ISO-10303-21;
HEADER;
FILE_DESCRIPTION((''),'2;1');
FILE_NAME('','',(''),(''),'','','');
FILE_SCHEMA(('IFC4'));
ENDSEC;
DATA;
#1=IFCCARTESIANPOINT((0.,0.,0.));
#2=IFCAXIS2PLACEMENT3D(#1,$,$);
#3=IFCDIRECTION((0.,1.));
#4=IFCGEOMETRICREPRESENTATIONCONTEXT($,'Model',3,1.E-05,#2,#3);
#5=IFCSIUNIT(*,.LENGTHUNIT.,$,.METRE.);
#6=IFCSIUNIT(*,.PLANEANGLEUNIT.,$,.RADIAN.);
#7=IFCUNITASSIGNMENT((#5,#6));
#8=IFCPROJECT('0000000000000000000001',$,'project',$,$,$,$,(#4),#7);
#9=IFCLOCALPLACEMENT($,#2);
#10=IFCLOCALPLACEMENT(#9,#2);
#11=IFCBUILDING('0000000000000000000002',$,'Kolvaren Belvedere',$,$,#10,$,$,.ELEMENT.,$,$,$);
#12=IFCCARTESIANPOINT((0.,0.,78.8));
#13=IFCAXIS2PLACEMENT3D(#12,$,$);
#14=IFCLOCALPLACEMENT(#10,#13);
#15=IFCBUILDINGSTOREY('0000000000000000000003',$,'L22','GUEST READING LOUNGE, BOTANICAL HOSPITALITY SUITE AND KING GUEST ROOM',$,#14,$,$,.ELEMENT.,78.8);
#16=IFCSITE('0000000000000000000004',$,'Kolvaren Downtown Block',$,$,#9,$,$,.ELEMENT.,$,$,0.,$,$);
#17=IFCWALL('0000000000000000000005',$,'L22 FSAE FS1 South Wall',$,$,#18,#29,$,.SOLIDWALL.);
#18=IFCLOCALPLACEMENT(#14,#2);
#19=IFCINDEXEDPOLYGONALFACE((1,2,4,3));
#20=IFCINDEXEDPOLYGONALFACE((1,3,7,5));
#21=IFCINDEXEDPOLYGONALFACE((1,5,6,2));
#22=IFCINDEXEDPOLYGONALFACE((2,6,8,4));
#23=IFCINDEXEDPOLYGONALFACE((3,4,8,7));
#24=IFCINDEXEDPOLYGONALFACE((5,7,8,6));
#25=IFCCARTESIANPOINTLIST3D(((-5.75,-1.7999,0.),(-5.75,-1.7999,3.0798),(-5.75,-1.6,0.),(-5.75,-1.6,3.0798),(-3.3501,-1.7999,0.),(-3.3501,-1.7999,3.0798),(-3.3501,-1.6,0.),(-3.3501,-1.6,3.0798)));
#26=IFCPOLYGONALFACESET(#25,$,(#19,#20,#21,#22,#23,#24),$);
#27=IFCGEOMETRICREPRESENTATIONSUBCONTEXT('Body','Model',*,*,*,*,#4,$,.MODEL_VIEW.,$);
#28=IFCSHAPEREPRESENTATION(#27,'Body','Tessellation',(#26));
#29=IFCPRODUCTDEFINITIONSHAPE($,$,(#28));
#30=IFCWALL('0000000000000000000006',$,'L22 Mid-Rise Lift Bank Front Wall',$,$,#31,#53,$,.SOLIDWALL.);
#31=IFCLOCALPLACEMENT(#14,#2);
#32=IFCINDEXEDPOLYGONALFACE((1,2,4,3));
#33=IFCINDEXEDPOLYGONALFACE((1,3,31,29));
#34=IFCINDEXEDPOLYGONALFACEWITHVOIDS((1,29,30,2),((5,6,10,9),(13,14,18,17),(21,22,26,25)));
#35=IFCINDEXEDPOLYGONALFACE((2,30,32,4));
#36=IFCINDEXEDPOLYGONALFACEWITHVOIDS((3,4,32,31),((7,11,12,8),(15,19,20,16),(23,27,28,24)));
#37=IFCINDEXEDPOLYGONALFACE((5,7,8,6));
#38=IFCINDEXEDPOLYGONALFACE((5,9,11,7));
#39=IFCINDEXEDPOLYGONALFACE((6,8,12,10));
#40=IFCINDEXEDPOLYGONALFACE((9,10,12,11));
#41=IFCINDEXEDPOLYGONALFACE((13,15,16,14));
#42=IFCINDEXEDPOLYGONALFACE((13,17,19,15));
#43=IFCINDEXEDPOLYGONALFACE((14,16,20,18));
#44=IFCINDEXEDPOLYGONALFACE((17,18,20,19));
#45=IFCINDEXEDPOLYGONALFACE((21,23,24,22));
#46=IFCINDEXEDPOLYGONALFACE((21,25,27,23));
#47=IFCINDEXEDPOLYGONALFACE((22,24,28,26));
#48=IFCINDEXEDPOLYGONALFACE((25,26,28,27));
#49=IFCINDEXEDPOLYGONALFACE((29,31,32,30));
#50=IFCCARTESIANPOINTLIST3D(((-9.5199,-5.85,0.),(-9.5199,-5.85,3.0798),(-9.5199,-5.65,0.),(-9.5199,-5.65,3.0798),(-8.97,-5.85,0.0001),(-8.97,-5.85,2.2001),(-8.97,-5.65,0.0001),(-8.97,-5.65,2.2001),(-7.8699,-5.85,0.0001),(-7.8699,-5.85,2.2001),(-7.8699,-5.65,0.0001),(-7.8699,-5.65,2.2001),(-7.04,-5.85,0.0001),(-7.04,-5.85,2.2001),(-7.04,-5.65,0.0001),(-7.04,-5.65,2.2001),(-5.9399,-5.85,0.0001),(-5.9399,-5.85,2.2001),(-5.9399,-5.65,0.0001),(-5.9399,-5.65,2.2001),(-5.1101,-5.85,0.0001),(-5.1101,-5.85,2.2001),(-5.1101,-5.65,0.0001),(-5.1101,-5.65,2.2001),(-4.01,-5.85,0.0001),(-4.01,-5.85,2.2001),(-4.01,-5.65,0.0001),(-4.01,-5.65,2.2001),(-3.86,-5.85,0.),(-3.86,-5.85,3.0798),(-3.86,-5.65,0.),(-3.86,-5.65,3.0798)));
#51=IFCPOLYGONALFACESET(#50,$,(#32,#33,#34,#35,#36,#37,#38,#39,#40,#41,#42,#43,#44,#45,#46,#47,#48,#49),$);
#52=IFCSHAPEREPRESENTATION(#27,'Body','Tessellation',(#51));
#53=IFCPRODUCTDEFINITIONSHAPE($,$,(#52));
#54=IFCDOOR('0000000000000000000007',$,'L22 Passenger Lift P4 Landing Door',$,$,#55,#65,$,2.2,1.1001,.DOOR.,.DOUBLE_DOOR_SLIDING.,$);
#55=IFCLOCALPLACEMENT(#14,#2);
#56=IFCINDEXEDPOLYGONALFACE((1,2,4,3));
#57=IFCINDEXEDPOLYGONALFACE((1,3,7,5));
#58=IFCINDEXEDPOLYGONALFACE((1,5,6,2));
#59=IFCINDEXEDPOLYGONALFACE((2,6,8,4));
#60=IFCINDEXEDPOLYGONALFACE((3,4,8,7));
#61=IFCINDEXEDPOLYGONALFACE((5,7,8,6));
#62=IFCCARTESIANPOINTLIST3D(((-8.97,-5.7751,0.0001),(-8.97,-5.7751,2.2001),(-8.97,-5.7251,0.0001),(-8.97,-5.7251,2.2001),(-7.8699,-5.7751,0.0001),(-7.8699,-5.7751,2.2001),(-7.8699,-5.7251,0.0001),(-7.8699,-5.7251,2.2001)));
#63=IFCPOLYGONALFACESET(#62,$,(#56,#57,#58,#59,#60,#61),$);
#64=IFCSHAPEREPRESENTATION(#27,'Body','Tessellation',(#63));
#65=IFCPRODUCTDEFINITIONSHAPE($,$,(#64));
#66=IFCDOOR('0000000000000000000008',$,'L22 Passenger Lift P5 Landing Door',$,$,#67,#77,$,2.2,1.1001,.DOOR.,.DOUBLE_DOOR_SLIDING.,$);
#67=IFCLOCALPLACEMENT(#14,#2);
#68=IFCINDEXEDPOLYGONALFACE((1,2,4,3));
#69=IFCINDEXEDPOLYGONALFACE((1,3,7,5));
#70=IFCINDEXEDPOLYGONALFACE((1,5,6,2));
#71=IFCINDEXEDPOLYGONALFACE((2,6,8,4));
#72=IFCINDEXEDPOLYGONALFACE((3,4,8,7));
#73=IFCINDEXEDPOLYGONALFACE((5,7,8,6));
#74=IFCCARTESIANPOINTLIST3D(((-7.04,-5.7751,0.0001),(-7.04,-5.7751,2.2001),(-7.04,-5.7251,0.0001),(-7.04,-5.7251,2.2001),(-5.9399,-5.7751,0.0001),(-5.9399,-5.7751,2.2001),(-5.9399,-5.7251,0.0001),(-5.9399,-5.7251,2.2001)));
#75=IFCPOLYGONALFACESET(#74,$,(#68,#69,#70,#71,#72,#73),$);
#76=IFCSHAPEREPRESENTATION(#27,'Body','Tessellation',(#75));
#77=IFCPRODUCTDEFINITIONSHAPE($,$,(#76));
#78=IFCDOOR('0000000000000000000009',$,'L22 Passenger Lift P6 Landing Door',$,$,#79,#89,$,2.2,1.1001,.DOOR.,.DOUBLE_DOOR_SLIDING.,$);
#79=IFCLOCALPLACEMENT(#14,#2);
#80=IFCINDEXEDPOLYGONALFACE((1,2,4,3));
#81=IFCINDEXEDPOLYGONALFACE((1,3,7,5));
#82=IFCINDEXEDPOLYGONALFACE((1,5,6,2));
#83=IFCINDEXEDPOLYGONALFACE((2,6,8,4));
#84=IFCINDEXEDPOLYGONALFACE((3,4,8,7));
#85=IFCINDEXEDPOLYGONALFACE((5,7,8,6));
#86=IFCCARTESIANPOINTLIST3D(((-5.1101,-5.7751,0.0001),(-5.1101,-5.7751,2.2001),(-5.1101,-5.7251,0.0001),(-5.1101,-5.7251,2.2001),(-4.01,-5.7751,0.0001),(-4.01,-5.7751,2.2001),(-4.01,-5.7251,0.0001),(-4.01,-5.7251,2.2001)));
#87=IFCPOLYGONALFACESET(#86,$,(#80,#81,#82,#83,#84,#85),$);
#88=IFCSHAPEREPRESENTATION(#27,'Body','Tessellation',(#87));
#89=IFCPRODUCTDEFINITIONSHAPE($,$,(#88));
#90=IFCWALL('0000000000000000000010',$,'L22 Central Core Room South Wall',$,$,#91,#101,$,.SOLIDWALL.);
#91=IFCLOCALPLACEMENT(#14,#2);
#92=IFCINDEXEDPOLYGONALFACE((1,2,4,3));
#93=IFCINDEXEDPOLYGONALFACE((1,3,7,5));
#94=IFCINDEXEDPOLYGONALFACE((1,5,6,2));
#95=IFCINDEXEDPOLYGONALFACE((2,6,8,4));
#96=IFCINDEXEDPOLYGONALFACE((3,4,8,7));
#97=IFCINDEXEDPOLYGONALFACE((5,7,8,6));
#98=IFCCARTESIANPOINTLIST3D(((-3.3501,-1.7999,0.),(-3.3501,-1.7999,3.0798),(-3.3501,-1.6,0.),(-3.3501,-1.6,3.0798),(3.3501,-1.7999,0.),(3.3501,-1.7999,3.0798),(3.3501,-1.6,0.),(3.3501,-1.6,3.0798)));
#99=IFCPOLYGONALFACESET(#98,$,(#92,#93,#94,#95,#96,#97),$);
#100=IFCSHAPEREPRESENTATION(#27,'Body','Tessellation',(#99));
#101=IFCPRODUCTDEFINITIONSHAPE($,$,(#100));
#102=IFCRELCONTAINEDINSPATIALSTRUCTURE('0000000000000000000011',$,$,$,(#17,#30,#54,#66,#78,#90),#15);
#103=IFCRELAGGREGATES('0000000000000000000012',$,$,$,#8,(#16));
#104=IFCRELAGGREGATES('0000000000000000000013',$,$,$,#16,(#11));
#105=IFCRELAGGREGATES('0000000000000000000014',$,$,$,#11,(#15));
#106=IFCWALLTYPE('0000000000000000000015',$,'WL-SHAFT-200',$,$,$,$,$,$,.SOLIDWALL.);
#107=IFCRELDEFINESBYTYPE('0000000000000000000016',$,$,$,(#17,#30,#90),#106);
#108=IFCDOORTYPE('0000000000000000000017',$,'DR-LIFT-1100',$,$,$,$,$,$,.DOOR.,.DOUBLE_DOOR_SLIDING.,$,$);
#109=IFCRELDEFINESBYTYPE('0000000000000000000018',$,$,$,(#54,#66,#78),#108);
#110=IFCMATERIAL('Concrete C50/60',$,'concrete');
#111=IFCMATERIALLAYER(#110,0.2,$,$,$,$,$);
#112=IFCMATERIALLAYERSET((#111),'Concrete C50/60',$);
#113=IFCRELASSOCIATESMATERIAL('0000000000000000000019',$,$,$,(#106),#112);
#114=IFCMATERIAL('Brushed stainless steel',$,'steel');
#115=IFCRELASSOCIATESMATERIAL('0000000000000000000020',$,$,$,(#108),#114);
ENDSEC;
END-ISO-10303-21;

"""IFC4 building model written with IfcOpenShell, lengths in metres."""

from ifc_helpers import new_model, si_unit, direction, frame, frame_2d, origin, place, context, subcontext, project, spatial, rectangle, extrude, material, layer, layer_set, type_object, element, fill, save


model = new_model("IFC4")

# Units and contexts
model_context = context("Model", 3, precision=1e-05, world=origin(), true_north=direction((0.0, 1.0)))
body_context = subcontext(model_context, "Body", "Model", "MODEL_VIEW")
ifc_project = project(units=[si_unit("LENGTHUNIT", "METRE"), si_unit("PLANEANGLEUNIT", "RADIAN")], contexts=[model_context])

# Site, building, storey
site_placement = place(None, origin())
site = spatial("IfcSite", under=ifc_project, at=site_placement, Name="Kolvaren Downtown Block", CompositionType="ELEMENT", RefElevation=0.0)
building_placement = place(site_placement, origin())
building = spatial("IfcBuilding", under=site, at=building_placement, Name="Kolvaren Belvedere", CompositionType="ELEMENT")
storey_placement = place(building_placement, frame((0.0, 0.0, 78.8)))
storey = spatial("IfcBuildingStorey", under=building, at=storey_placement, Name="L22", Description="GUEST READING LOUNGE, BOTANICAL HOSPITALITY SUITE AND KING GUEST ROOM", CompositionType="ELEMENT", Elevation=78.8)

# Shared definitions
ifc_material_1 = material(Name="Concrete C50/60", Category="concrete")
ifc_layer_1 = layer(ifc_material_1, 0.2)
ifc_layer_set_1 = layer_set([ifc_layer_1], Name="Concrete C50/60")
wall_type_1 = type_object("IfcWallType", Name="WL-SHAFT-200", PredefinedType="SOLIDWALL", material=ifc_layer_set_1)
ifc_material_2 = material(Name="Brushed stainless steel", Category="steel")
door_type_1 = type_object("IfcDoorType", Name="DR-LIFT-1100", OperationType="DOUBLE_DOOR_SLIDING", PredefinedType="DOOR", material=ifc_material_2)

# Wall
wall_1_placement = place(storey_placement, frame((-5.75, -1.7, 0.0), z_axis=(0.0, 0.0, 1.0), x_axis=(1.0, 0.0, 0.0)))
element("IfcWall", 1, at=wall_1_placement, inside=storey, type_object=wall_type_1, Name="L22 FSAE FS1 South Wall", PredefinedType="SOLIDWALL", context=body_context, shape_type="SweptSolid", body=[
    extrude(rectangle(XDim=2.3999, YDim=0.2, at=frame_2d((1.2, 0.0))), origin(), (0.0, 0.0, 1.0), 3.0798),
])

# Wall, openings, doors
wall_2_placement = place(storey_placement, frame((-9.52, -5.75, 0.0), z_axis=(0.0, 0.0, 1.0), x_axis=(1.0, 0.0, 0.0)))
wall_2 = element("IfcWall", 2, at=wall_2_placement, inside=storey, type_object=wall_type_1, Name="L22 Mid-Rise Lift Bank Front Wall", PredefinedType="SOLIDWALL", context=body_context, shape_type="SweptSolid", body=[
    extrude(rectangle(XDim=5.6599, YDim=0.2, at=frame_2d((2.8301, 0.0))), origin(), (0.0, 0.0, 1.0), 3.0798),
])
opening_1_placement = place(wall_2_placement, frame((0.55, 0.0, 0.0)))
opening_1 = element("IfcOpeningElement", 3, at=opening_1_placement, cuts=wall_2, PredefinedType="OPENING", context=body_context, shape_type="SweptSolid", body=[
    extrude(rectangle(XDim=1.1001, YDim=2.2, at=frame_2d((0.55, 1.1001))), frame((0.0, 0.1099, 0.0), z_axis=(0.0, -1.0, 0.0), x_axis=(1.0, 0.0, 0.0)), (0.0, 0.0, 1.0), 0.22),
])
opening_2_placement = place(wall_2_placement, frame((2.48, 0.0, 0.0)))
opening_2 = element("IfcOpeningElement", 4, at=opening_2_placement, cuts=wall_2, PredefinedType="OPENING", context=body_context, shape_type="SweptSolid", body=[
    extrude(rectangle(XDim=1.1001, YDim=2.2, at=frame_2d((0.55, 1.1001))), frame((0.0, 0.1099, 0.0), z_axis=(0.0, -1.0, 0.0), x_axis=(1.0, 0.0, 0.0)), (0.0, 0.0, 1.0), 0.22),
])
opening_3_placement = place(wall_2_placement, frame((4.4099, 0.0, 0.0)))
opening_3 = element("IfcOpeningElement", 5, at=opening_3_placement, cuts=wall_2, PredefinedType="OPENING", context=body_context, shape_type="SweptSolid", body=[
    extrude(rectangle(XDim=1.1001, YDim=2.2, at=frame_2d((0.55, 1.1001))), frame((0.0, 0.1099, 0.0), z_axis=(0.0, -1.0, 0.0), x_axis=(1.0, 0.0, 0.0)), (0.0, 0.0, 1.0), 0.22),
])
door_1_placement = place(opening_1_placement, origin())
door_1 = element("IfcDoor", 6, at=door_1_placement, inside=storey, type_object=door_type_1, Name="L22 Passenger Lift P4 Landing Door", OperationType="DOUBLE_DOOR_SLIDING", OverallHeight=2.2, OverallWidth=1.1001, PredefinedType="DOOR", context=body_context, shape_type="SweptSolid", body=[
    extrude(rectangle(XDim=1.1001, YDim=2.2, at=frame_2d((0.55, 1.1001))), frame((0.0, 0.0249, 0.0), z_axis=(0.0, -1.0, 0.0), x_axis=(1.0, 0.0, 0.0)), (0.0, 0.0, 1.0), 0.05),
])
fill(opening_1, door_1)
door_2_placement = place(opening_2_placement, origin())
door_2 = element("IfcDoor", 7, at=door_2_placement, inside=storey, type_object=door_type_1, Name="L22 Passenger Lift P5 Landing Door", OperationType="DOUBLE_DOOR_SLIDING", OverallHeight=2.2, OverallWidth=1.1001, PredefinedType="DOOR", context=body_context, shape_type="SweptSolid", body=[
    extrude(rectangle(XDim=1.1001, YDim=2.2, at=frame_2d((0.55, 1.1001))), frame((0.0, 0.0249, 0.0), z_axis=(0.0, -1.0, 0.0), x_axis=(1.0, 0.0, 0.0)), (0.0, 0.0, 1.0), 0.05),
])
fill(opening_2, door_2)
door_3_placement = place(opening_3_placement, origin())
door_3 = element("IfcDoor", 8, at=door_3_placement, inside=storey, type_object=door_type_1, Name="L22 Passenger Lift P6 Landing Door", OperationType="DOUBLE_DOOR_SLIDING", OverallHeight=2.2, OverallWidth=1.1001, PredefinedType="DOOR", context=body_context, shape_type="SweptSolid", body=[
    extrude(rectangle(XDim=1.1001, YDim=2.2, at=frame_2d((0.55, 1.1001))), frame((0.0, 0.0249, 0.0), z_axis=(0.0, -1.0, 0.0), x_axis=(1.0, 0.0, 0.0)), (0.0, 0.0, 1.0), 0.05),
])
fill(opening_3, door_3)

# Wall
wall_3_placement = place(storey_placement, frame((-3.3501, -1.7, 0.0), z_axis=(0.0, 0.0, 1.0), x_axis=(1.0, 0.0, 0.0)))
element("IfcWall", 9, at=wall_3_placement, inside=storey, type_object=wall_type_1, Name="L22 Central Core Room South Wall", PredefinedType="SOLIDWALL", context=body_context, shape_type="SweptSolid", body=[
    extrude(rectangle(XDim=6.7002, YDim=0.2, at=frame_2d((3.3501, 0.0))), origin(), (0.0, 0.0, 1.0), 3.0798),
])

save(model, "model.ifc")
